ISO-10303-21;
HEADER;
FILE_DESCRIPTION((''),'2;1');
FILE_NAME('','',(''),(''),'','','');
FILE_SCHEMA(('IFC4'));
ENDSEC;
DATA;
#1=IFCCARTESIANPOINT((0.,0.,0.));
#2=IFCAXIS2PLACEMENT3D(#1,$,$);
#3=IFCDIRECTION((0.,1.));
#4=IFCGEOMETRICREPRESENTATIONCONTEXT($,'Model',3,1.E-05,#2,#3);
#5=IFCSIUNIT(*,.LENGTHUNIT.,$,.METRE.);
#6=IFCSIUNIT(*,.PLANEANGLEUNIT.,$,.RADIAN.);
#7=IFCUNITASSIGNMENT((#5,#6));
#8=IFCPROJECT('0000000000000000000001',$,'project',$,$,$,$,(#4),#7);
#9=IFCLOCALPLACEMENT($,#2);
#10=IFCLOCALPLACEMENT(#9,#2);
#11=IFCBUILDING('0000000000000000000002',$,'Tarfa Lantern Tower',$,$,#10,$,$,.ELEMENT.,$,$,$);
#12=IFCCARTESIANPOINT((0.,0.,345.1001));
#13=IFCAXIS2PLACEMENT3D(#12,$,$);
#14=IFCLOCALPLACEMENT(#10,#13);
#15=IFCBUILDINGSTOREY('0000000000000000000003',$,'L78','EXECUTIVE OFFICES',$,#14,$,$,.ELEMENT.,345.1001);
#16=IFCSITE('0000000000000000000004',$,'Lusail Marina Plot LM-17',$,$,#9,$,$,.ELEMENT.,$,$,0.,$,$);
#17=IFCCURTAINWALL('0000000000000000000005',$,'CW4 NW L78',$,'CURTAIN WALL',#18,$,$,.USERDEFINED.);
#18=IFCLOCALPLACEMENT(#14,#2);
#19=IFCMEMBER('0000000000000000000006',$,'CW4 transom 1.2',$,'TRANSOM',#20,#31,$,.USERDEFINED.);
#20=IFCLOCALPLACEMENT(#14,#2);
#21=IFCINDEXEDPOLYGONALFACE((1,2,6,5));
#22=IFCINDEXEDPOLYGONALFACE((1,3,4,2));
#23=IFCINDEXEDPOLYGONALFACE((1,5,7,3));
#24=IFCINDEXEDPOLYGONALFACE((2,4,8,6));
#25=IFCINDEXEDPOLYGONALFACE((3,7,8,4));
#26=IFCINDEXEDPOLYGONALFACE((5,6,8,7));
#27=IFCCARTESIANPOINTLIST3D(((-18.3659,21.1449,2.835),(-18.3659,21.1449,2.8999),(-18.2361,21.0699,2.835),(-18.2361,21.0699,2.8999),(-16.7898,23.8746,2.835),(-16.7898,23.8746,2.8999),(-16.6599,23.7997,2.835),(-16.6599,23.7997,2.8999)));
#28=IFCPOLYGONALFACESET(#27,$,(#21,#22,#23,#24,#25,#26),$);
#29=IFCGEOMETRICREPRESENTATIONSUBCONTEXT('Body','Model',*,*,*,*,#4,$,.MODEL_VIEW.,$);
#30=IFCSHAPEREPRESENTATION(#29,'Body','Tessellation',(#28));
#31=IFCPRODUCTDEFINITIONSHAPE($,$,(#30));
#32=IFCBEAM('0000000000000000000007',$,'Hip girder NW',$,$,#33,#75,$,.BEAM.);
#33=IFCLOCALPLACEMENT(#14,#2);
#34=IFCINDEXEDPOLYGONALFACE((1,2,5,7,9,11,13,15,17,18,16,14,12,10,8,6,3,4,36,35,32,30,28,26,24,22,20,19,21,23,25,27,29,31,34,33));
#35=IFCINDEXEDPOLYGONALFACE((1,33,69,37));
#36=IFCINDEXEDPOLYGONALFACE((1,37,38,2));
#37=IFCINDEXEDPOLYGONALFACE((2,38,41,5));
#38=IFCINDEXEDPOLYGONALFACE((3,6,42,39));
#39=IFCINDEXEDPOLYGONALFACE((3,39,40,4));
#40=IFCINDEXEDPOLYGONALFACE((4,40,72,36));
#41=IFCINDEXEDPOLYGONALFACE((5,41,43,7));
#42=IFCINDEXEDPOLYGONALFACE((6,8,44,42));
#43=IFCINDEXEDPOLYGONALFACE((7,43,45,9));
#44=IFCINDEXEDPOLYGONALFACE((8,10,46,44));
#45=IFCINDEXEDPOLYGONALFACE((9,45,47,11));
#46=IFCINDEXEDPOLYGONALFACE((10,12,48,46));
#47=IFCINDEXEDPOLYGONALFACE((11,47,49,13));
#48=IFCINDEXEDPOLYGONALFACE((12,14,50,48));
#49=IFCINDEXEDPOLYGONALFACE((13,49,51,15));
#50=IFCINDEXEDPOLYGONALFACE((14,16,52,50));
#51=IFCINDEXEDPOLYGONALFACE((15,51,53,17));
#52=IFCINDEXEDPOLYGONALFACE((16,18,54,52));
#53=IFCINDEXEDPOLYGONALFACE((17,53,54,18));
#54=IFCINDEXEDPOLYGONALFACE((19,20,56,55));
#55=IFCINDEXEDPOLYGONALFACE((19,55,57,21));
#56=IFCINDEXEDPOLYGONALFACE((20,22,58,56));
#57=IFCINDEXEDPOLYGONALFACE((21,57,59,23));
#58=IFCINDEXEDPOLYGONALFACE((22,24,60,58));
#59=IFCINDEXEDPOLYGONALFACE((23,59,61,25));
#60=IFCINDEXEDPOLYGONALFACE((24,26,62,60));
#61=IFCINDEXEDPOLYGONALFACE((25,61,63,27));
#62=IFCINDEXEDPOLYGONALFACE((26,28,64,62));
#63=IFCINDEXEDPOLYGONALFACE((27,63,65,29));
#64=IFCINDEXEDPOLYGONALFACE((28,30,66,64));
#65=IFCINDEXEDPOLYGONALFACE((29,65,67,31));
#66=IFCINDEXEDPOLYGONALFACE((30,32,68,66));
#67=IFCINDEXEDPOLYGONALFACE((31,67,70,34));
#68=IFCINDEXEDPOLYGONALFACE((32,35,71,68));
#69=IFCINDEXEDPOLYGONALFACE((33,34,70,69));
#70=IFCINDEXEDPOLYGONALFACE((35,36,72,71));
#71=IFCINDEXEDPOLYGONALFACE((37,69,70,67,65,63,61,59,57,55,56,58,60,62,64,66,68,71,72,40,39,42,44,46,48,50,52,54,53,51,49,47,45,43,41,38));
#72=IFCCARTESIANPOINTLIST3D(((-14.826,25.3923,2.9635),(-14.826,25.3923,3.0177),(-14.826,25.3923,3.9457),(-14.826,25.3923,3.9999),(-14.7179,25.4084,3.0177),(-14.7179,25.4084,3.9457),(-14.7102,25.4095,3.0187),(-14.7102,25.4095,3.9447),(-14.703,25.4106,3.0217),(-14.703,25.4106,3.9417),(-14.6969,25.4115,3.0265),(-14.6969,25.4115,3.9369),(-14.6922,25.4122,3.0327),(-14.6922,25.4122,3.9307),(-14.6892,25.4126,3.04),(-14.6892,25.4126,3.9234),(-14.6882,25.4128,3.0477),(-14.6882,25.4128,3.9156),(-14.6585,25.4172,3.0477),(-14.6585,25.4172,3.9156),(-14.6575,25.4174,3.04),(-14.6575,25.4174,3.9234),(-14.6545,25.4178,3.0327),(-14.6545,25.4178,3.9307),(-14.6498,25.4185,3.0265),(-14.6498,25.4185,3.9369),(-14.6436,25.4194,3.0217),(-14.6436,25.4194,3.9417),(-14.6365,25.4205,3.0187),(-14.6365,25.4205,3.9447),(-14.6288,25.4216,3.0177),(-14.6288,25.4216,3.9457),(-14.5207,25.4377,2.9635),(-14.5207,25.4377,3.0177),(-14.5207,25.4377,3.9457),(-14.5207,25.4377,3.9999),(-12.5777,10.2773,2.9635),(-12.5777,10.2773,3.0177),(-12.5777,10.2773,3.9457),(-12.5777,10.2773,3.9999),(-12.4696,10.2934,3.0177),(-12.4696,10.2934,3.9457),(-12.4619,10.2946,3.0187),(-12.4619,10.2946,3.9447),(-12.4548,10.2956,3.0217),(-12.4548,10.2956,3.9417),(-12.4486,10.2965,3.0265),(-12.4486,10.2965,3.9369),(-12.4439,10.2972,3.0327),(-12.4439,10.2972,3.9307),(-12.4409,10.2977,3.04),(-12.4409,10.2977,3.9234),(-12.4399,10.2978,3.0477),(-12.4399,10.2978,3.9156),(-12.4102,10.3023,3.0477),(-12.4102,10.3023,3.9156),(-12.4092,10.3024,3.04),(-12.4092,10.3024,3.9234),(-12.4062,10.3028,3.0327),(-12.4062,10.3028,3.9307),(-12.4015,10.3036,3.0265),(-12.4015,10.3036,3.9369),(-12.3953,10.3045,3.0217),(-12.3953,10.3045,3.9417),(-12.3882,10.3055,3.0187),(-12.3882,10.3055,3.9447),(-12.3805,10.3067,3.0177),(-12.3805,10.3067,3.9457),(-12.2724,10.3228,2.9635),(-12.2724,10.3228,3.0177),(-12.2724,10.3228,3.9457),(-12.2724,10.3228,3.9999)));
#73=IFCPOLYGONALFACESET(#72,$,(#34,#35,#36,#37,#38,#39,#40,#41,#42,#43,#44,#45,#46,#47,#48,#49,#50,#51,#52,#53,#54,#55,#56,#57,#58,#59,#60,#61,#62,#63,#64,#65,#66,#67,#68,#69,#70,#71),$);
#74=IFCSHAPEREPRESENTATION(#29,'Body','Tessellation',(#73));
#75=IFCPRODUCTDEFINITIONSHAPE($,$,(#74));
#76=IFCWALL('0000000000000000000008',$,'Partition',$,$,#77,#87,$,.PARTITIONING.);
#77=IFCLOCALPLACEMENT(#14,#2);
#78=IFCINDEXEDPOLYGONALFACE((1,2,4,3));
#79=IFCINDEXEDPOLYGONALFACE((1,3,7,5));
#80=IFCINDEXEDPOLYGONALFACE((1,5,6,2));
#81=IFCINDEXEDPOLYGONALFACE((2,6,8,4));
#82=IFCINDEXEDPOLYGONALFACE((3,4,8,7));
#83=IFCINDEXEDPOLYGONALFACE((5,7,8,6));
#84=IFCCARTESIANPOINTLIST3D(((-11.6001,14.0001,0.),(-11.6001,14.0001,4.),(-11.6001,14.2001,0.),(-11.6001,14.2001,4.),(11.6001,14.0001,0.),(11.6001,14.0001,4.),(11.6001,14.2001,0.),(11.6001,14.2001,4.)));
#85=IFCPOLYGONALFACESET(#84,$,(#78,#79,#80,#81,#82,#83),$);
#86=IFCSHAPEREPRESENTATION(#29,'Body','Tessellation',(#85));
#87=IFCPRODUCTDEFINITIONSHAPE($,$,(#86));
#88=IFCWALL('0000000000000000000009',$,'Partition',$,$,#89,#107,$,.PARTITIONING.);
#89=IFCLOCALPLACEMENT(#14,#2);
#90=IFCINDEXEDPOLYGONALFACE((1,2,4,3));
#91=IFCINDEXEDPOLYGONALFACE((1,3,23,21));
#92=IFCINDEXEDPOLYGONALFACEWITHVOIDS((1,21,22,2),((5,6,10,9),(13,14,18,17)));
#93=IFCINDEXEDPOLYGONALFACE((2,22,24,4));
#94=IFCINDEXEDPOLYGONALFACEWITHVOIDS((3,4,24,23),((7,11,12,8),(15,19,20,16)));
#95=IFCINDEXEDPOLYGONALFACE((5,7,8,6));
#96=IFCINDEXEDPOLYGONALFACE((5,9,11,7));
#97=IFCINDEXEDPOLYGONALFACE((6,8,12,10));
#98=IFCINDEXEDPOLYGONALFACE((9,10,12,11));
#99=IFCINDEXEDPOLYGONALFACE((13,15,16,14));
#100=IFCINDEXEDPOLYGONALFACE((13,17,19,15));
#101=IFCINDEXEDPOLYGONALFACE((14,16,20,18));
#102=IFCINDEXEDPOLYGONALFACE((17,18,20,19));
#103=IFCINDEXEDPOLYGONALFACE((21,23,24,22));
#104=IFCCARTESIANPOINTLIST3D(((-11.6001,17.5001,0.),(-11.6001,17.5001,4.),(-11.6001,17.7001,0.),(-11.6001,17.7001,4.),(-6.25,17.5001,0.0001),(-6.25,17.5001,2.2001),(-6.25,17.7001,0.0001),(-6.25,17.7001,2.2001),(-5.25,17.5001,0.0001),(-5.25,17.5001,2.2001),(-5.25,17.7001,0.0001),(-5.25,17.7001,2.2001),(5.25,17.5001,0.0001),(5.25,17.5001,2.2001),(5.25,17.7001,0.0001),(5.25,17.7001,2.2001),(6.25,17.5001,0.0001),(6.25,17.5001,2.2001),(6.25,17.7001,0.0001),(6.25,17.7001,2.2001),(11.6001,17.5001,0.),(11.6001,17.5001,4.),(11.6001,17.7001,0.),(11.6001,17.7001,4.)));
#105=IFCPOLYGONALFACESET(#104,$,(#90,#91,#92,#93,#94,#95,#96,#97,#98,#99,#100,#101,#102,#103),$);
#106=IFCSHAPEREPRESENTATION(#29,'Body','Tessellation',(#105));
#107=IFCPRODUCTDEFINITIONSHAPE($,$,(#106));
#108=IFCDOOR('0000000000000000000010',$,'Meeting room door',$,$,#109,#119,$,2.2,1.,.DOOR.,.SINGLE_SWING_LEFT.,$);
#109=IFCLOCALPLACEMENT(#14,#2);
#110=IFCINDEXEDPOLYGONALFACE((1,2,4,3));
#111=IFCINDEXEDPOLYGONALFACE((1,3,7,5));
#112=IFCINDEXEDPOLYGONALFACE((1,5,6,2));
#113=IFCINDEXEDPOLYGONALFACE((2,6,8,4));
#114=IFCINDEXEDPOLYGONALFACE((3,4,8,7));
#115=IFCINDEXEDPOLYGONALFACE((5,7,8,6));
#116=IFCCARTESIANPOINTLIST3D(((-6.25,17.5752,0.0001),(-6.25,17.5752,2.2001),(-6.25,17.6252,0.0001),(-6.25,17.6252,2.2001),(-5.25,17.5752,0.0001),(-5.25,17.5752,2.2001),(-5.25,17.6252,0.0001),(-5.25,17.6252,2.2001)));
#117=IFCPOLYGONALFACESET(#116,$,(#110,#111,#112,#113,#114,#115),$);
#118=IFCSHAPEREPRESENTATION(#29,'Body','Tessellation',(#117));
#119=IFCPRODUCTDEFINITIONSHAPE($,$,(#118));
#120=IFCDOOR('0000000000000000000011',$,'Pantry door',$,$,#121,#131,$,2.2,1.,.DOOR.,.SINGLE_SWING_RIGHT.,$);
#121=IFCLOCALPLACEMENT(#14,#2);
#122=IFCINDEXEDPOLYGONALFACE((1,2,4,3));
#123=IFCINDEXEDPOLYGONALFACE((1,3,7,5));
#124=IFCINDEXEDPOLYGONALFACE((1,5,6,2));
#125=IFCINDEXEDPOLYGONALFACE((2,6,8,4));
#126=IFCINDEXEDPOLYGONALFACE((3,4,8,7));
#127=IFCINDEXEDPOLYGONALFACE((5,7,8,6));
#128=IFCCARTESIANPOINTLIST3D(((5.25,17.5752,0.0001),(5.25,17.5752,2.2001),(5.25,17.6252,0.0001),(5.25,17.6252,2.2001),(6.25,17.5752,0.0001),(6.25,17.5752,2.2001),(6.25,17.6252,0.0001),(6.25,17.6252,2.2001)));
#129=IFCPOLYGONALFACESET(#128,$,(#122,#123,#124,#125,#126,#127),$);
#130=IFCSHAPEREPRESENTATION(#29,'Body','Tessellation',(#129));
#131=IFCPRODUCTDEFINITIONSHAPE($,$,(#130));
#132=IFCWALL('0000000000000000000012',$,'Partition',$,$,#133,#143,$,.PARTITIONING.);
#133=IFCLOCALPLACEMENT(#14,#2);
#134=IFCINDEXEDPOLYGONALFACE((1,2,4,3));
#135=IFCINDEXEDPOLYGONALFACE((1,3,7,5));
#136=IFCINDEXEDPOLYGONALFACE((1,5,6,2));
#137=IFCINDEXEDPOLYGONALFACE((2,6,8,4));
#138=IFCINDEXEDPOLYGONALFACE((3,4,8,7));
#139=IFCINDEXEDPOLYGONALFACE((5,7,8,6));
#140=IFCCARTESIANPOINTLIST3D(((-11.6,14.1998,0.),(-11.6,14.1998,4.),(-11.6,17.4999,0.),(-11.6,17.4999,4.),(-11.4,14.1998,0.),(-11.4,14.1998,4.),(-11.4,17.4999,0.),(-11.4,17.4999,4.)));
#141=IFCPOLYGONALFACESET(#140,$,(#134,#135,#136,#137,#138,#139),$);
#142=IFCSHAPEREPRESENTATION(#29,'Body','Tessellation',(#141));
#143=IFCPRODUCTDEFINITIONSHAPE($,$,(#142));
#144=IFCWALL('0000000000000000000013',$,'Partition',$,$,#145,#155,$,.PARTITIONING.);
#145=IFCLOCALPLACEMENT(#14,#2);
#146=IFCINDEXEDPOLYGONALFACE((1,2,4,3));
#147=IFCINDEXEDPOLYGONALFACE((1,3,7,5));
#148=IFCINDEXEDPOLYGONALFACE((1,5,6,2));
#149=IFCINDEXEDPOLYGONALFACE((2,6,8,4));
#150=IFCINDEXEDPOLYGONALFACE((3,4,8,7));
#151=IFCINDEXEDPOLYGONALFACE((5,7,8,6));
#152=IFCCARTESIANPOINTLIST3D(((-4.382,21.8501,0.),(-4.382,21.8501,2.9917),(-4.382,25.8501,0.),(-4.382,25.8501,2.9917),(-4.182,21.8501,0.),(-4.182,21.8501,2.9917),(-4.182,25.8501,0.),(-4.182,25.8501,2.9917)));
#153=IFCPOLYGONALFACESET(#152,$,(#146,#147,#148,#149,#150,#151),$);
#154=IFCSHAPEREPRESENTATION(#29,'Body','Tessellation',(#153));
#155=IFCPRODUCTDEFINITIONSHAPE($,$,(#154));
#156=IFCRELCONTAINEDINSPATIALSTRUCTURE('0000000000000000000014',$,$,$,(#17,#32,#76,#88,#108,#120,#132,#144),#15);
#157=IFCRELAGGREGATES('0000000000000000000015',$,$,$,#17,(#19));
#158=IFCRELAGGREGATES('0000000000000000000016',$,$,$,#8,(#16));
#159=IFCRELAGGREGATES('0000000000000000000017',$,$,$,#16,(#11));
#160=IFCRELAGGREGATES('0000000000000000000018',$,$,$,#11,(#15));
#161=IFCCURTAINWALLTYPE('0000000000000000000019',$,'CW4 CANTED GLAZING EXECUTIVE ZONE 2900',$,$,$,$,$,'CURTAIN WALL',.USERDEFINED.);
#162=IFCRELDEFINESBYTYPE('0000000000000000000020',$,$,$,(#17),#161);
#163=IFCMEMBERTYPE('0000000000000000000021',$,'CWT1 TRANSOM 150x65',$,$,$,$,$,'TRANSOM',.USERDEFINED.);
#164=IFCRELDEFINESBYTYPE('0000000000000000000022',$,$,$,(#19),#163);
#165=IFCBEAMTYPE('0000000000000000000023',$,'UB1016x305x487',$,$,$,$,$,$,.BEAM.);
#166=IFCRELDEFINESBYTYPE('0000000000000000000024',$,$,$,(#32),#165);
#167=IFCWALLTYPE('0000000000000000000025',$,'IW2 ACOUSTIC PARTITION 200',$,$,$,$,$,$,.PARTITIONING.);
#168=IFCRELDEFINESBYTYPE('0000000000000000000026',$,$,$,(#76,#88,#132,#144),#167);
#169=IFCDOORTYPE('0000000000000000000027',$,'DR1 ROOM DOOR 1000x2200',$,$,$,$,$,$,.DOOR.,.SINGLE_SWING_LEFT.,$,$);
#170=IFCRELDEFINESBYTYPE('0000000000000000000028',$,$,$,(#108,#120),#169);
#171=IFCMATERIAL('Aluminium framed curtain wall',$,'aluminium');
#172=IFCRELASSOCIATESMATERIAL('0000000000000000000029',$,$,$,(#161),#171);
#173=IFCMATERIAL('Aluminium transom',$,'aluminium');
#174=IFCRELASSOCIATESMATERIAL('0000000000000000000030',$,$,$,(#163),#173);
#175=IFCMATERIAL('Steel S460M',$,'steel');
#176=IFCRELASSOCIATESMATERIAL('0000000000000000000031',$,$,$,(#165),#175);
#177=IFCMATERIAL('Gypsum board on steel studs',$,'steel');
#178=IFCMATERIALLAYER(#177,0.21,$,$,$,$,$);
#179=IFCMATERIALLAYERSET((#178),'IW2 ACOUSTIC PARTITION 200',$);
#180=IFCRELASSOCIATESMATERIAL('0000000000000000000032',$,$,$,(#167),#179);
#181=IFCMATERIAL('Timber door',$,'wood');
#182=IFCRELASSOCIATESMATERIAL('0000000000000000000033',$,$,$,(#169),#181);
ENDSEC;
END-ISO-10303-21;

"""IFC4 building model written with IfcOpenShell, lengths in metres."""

from ifc_helpers import new_model, si_unit, direction, frame, frame_2d, origin, origin_2d, place, context, subcontext, project, spatial, rectangle, i_section, extrude, material, layer, layer_set, material_profile, profile_set, type_object, element, fill, aggregate, save


model = new_model("IFC4")

# Units and contexts
model_context = context("Model", 3, precision=1e-05, world=origin(), true_north=direction((0.0, 1.0)))
body_context = subcontext(model_context, "Body", "Model", "MODEL_VIEW")
ifc_project = project(units=[si_unit("LENGTHUNIT", "METRE"), si_unit("PLANEANGLEUNIT", "RADIAN")], contexts=[model_context])

# Site, building, storey
site_placement = place(None, origin())
site = spatial("IfcSite", under=ifc_project, at=site_placement, Name="Lusail Marina Plot LM-17", CompositionType="ELEMENT", RefElevation=0.0)
building_placement = place(site_placement, origin())
building = spatial("IfcBuilding", under=site, at=building_placement, Name="Tarfa Lantern Tower", CompositionType="ELEMENT")
storey_placement = place(building_placement, frame((0.0, 0.0, 345.1001)))
storey = spatial("IfcBuildingStorey", under=building, at=storey_placement, Name="L78", Description="EXECUTIVE OFFICES", CompositionType="ELEMENT", Elevation=345.1001)

# Curtain wall, member
ifc_material_1 = material(Name="Aluminium framed curtain wall", Category="aluminium")
curtain_wall_type = type_object("IfcCurtainWallType", Name="CW4 CANTED GLAZING EXECUTIVE ZONE 2900", ElementType="CURTAIN WALL", PredefinedType="USERDEFINED", material=ifc_material_1)
curtain_wall_placement = place(storey_placement, origin())
curtain_wall = element("IfcCurtainWall", 1, at=curtain_wall_placement, inside=storey, type_object=curtain_wall_type, Name="CW4 NW L78", ObjectType="CURTAIN WALL", PredefinedType="USERDEFINED")
ifc_material_2 = material(Name="Aluminium transom", Category="aluminium")
ifc_material_profile_1 = material_profile(ifc_material_2, rectangle(XDim=0.1499, YDim=0.0649, at=origin_2d()), Name="AL TRANSOM 150x65")
ifc_profile_set_1 = profile_set([ifc_material_profile_1], Name="Aluminium transom")
member_type = type_object("IfcMemberType", Name="CWT1 TRANSOM 150x65", ElementType="TRANSOM", PredefinedType="USERDEFINED", material=ifc_profile_set_1)
member_placement = place(storey_placement, frame((-16.7249, 23.8372, 2.8674), z_axis=(-0.500038, -0.866004, 0.0), x_axis=(0.866004, -0.500038, 0.0)))
member = element("IfcMember", 2, at=member_placement, type_object=member_type, Name="CW4 transom 1.2", ObjectType="TRANSOM", PredefinedType="USERDEFINED", context=body_context, shape_type="SweptSolid", body=[
    extrude(rectangle(XDim=0.1499, YDim=0.0649, at=origin_2d()), origin(), (0.0, 0.0, 1.0), 3.1521),
])
aggregate(curtain_wall, [member])

# Beam
ifc_material_3 = material(Name="Steel S460M", Category="steel")
ifc_material_profile_2 = material_profile(ifc_material_3, i_section(OverallWidth=0.3086, OverallDepth=1.0364, WebThickness=0.03, FlangeThickness=0.0542, FilletRadius=0.03, at=origin_2d()), Name="UB1016x305x487")
ifc_profile_set_2 = profile_set([ifc_material_profile_2], Name="Steel S460M")
beam_type = type_object("IfcBeamType", Name="UB1016x305x487", PredefinedType="BEAM", material=ifc_profile_set_2)
beam_placement = place(storey_placement, frame((-12.425, 10.3, 3.4817), z_axis=(-0.147127, 0.989118, 0.0), x_axis=(-0.989118, -0.147127, 0.0)))
element("IfcBeam", 3, at=beam_placement, inside=storey, type_object=beam_type, Name="Hip girder NW", PredefinedType="BEAM", context=body_context, shape_type="SweptSolid", body=[
    extrude(i_section(OverallWidth=0.3086, OverallDepth=1.0364, WebThickness=0.03, FlangeThickness=0.0542, FilletRadius=0.03, at=origin_2d()), origin(), (0.0, 0.0, 1.0), 15.2812),
])

# Wall
ifc_material_4 = material(Name="Gypsum board on steel studs", Category="steel")
ifc_layer_1 = layer(ifc_material_4, 0.21)
ifc_layer_set_1 = layer_set([ifc_layer_1], Name="IW2 ACOUSTIC PARTITION 200")
wall_type_1 = type_object("IfcWallType", Name="IW2 ACOUSTIC PARTITION 200", PredefinedType="PARTITIONING", material=ifc_layer_set_1)
wall_1_placement = place(storey_placement, frame((-11.6001, 14.1001, 0.0), z_axis=(0.0, 0.0, 1.0), x_axis=(1.0, 0.0, 0.0)))
element("IfcWall", 4, at=wall_1_placement, inside=storey, type_object=wall_type_1, Name="Partition", PredefinedType="PARTITIONING", context=body_context, shape_type="SweptSolid", body=[
    extrude(rectangle(XDim=23.2002, YDim=0.2, at=frame_2d((11.6001, 0.0))), origin(), (0.0, 0.0, 1.0), 4.0),
])

# Wall, openings, doors
wall_2_placement = place(storey_placement, frame((-11.6001, 17.6001, 0.0), z_axis=(0.0, 0.0, 1.0), x_axis=(1.0, 0.0, 0.0)))
wall_2 = element("IfcWall", 5, at=wall_2_placement, inside=storey, type_object=wall_type_1, Name="Partition", PredefinedType="PARTITIONING", context=body_context, shape_type="SweptSolid", body=[
    extrude(rectangle(XDim=23.2002, YDim=0.2, at=frame_2d((11.6001, 0.0))), origin(), (0.0, 0.0, 1.0), 4.0),
])
opening_1_placement = place(wall_2_placement, frame((5.3501, 0.0, 0.0)))
opening_1 = element("IfcOpeningElement", 6, at=opening_1_placement, cuts=wall_2, PredefinedType="OPENING", context=body_context, shape_type="SweptSolid", body=[
    extrude(rectangle(XDim=1.0, YDim=2.2, at=frame_2d((0.5, 1.1001))), frame((0.0, 0.1099, 0.0), z_axis=(0.0, -1.0, 0.0), x_axis=(1.0, 0.0, 0.0)), (0.0, 0.0, 1.0), 0.22),
])
opening_2_placement = place(wall_2_placement, frame((16.8501, 0.0, 0.0)))
opening_2 = element("IfcOpeningElement", 7, at=opening_2_placement, cuts=wall_2, PredefinedType="OPENING", context=body_context, shape_type="SweptSolid", body=[
    extrude(rectangle(XDim=1.0, YDim=2.2, at=frame_2d((0.5, 1.1001))), frame((0.0, 0.1099, 0.0), z_axis=(0.0, -1.0, 0.0), x_axis=(1.0, 0.0, 0.0)), (0.0, 0.0, 1.0), 0.22),
])
ifc_material_5 = material(Name="Timber door", Category="wood")
door_type_1 = type_object("IfcDoorType", Name="DR1 ROOM DOOR 1000x2200", OperationType="SINGLE_SWING_LEFT", PredefinedType="DOOR", material=ifc_material_5)
door_1_placement = place(opening_1_placement, frame((1.0, 0.0, 0.0), z_axis=(0.0, 0.0, 1.0), x_axis=(-1.0, 0.0, 0.0)))
door_1 = element("IfcDoor", 8, at=door_1_placement, inside=storey, type_object=door_type_1, Name="Meeting room door", OperationType="SINGLE_SWING_LEFT", OverallHeight=2.2, OverallWidth=1.0, PredefinedType="DOOR", context=body_context, shape_type="SweptSolid", body=[
    extrude(rectangle(XDim=1.0, YDim=2.2, at=frame_2d((0.5, 1.1001))), frame((0.0, 0.0249, 0.0), z_axis=(0.0, -1.0, 0.0), x_axis=(1.0, 0.0, 0.0)), (0.0, 0.0, 1.0), 0.05),
])
fill(opening_1, door_1)
door_2_placement = place(opening_2_placement, frame((1.0, 0.0, 0.0), z_axis=(0.0, 0.0, 1.0), x_axis=(-1.0, 0.0, 0.0)))
door_2 = element("IfcDoor", 9, at=door_2_placement, inside=storey, type_object=door_type_1, Name="Pantry door", OperationType="SINGLE_SWING_RIGHT", OverallHeight=2.2, OverallWidth=1.0, PredefinedType="DOOR", context=body_context, shape_type="SweptSolid", body=[
    extrude(rectangle(XDim=1.0, YDim=2.2, at=frame_2d((0.5, 1.1001))), frame((0.0, 0.0249, 0.0), z_axis=(0.0, -1.0, 0.0), x_axis=(1.0, 0.0, 0.0)), (0.0, 0.0, 1.0), 0.05),
])
fill(opening_2, door_2)

# Walls
wall_3_placement = place(storey_placement, frame((-11.5, 14.2, 0.0), z_axis=(0.0, 0.0, 1.0), x_axis=(0.0, 1.0, 0.0)))
element("IfcWall", 10, at=wall_3_placement, inside=storey, type_object=wall_type_1, Name="Partition", PredefinedType="PARTITIONING", context=body_context, shape_type="SweptSolid", body=[
    extrude(rectangle(XDim=3.3, YDim=0.2, at=frame_2d((1.6499, 0.0))), origin(), (0.0, 0.0, 1.0), 4.0),
])
wall_4_placement = place(storey_placement, frame((-4.282, 21.8501, 0.0), z_axis=(0.0, 0.0, 1.0), x_axis=(0.0, 1.0, 0.0)))
element("IfcWall", 11, at=wall_4_placement, inside=storey, type_object=wall_type_1, Name="Partition", PredefinedType="PARTITIONING", context=body_context, shape_type="SweptSolid", body=[
    extrude(rectangle(XDim=4.0, YDim=0.2, at=frame_2d((2.0, 0.0))), origin(), (0.0, 0.0, 1.0), 2.9917),
])

save(model, "model.ifc")
